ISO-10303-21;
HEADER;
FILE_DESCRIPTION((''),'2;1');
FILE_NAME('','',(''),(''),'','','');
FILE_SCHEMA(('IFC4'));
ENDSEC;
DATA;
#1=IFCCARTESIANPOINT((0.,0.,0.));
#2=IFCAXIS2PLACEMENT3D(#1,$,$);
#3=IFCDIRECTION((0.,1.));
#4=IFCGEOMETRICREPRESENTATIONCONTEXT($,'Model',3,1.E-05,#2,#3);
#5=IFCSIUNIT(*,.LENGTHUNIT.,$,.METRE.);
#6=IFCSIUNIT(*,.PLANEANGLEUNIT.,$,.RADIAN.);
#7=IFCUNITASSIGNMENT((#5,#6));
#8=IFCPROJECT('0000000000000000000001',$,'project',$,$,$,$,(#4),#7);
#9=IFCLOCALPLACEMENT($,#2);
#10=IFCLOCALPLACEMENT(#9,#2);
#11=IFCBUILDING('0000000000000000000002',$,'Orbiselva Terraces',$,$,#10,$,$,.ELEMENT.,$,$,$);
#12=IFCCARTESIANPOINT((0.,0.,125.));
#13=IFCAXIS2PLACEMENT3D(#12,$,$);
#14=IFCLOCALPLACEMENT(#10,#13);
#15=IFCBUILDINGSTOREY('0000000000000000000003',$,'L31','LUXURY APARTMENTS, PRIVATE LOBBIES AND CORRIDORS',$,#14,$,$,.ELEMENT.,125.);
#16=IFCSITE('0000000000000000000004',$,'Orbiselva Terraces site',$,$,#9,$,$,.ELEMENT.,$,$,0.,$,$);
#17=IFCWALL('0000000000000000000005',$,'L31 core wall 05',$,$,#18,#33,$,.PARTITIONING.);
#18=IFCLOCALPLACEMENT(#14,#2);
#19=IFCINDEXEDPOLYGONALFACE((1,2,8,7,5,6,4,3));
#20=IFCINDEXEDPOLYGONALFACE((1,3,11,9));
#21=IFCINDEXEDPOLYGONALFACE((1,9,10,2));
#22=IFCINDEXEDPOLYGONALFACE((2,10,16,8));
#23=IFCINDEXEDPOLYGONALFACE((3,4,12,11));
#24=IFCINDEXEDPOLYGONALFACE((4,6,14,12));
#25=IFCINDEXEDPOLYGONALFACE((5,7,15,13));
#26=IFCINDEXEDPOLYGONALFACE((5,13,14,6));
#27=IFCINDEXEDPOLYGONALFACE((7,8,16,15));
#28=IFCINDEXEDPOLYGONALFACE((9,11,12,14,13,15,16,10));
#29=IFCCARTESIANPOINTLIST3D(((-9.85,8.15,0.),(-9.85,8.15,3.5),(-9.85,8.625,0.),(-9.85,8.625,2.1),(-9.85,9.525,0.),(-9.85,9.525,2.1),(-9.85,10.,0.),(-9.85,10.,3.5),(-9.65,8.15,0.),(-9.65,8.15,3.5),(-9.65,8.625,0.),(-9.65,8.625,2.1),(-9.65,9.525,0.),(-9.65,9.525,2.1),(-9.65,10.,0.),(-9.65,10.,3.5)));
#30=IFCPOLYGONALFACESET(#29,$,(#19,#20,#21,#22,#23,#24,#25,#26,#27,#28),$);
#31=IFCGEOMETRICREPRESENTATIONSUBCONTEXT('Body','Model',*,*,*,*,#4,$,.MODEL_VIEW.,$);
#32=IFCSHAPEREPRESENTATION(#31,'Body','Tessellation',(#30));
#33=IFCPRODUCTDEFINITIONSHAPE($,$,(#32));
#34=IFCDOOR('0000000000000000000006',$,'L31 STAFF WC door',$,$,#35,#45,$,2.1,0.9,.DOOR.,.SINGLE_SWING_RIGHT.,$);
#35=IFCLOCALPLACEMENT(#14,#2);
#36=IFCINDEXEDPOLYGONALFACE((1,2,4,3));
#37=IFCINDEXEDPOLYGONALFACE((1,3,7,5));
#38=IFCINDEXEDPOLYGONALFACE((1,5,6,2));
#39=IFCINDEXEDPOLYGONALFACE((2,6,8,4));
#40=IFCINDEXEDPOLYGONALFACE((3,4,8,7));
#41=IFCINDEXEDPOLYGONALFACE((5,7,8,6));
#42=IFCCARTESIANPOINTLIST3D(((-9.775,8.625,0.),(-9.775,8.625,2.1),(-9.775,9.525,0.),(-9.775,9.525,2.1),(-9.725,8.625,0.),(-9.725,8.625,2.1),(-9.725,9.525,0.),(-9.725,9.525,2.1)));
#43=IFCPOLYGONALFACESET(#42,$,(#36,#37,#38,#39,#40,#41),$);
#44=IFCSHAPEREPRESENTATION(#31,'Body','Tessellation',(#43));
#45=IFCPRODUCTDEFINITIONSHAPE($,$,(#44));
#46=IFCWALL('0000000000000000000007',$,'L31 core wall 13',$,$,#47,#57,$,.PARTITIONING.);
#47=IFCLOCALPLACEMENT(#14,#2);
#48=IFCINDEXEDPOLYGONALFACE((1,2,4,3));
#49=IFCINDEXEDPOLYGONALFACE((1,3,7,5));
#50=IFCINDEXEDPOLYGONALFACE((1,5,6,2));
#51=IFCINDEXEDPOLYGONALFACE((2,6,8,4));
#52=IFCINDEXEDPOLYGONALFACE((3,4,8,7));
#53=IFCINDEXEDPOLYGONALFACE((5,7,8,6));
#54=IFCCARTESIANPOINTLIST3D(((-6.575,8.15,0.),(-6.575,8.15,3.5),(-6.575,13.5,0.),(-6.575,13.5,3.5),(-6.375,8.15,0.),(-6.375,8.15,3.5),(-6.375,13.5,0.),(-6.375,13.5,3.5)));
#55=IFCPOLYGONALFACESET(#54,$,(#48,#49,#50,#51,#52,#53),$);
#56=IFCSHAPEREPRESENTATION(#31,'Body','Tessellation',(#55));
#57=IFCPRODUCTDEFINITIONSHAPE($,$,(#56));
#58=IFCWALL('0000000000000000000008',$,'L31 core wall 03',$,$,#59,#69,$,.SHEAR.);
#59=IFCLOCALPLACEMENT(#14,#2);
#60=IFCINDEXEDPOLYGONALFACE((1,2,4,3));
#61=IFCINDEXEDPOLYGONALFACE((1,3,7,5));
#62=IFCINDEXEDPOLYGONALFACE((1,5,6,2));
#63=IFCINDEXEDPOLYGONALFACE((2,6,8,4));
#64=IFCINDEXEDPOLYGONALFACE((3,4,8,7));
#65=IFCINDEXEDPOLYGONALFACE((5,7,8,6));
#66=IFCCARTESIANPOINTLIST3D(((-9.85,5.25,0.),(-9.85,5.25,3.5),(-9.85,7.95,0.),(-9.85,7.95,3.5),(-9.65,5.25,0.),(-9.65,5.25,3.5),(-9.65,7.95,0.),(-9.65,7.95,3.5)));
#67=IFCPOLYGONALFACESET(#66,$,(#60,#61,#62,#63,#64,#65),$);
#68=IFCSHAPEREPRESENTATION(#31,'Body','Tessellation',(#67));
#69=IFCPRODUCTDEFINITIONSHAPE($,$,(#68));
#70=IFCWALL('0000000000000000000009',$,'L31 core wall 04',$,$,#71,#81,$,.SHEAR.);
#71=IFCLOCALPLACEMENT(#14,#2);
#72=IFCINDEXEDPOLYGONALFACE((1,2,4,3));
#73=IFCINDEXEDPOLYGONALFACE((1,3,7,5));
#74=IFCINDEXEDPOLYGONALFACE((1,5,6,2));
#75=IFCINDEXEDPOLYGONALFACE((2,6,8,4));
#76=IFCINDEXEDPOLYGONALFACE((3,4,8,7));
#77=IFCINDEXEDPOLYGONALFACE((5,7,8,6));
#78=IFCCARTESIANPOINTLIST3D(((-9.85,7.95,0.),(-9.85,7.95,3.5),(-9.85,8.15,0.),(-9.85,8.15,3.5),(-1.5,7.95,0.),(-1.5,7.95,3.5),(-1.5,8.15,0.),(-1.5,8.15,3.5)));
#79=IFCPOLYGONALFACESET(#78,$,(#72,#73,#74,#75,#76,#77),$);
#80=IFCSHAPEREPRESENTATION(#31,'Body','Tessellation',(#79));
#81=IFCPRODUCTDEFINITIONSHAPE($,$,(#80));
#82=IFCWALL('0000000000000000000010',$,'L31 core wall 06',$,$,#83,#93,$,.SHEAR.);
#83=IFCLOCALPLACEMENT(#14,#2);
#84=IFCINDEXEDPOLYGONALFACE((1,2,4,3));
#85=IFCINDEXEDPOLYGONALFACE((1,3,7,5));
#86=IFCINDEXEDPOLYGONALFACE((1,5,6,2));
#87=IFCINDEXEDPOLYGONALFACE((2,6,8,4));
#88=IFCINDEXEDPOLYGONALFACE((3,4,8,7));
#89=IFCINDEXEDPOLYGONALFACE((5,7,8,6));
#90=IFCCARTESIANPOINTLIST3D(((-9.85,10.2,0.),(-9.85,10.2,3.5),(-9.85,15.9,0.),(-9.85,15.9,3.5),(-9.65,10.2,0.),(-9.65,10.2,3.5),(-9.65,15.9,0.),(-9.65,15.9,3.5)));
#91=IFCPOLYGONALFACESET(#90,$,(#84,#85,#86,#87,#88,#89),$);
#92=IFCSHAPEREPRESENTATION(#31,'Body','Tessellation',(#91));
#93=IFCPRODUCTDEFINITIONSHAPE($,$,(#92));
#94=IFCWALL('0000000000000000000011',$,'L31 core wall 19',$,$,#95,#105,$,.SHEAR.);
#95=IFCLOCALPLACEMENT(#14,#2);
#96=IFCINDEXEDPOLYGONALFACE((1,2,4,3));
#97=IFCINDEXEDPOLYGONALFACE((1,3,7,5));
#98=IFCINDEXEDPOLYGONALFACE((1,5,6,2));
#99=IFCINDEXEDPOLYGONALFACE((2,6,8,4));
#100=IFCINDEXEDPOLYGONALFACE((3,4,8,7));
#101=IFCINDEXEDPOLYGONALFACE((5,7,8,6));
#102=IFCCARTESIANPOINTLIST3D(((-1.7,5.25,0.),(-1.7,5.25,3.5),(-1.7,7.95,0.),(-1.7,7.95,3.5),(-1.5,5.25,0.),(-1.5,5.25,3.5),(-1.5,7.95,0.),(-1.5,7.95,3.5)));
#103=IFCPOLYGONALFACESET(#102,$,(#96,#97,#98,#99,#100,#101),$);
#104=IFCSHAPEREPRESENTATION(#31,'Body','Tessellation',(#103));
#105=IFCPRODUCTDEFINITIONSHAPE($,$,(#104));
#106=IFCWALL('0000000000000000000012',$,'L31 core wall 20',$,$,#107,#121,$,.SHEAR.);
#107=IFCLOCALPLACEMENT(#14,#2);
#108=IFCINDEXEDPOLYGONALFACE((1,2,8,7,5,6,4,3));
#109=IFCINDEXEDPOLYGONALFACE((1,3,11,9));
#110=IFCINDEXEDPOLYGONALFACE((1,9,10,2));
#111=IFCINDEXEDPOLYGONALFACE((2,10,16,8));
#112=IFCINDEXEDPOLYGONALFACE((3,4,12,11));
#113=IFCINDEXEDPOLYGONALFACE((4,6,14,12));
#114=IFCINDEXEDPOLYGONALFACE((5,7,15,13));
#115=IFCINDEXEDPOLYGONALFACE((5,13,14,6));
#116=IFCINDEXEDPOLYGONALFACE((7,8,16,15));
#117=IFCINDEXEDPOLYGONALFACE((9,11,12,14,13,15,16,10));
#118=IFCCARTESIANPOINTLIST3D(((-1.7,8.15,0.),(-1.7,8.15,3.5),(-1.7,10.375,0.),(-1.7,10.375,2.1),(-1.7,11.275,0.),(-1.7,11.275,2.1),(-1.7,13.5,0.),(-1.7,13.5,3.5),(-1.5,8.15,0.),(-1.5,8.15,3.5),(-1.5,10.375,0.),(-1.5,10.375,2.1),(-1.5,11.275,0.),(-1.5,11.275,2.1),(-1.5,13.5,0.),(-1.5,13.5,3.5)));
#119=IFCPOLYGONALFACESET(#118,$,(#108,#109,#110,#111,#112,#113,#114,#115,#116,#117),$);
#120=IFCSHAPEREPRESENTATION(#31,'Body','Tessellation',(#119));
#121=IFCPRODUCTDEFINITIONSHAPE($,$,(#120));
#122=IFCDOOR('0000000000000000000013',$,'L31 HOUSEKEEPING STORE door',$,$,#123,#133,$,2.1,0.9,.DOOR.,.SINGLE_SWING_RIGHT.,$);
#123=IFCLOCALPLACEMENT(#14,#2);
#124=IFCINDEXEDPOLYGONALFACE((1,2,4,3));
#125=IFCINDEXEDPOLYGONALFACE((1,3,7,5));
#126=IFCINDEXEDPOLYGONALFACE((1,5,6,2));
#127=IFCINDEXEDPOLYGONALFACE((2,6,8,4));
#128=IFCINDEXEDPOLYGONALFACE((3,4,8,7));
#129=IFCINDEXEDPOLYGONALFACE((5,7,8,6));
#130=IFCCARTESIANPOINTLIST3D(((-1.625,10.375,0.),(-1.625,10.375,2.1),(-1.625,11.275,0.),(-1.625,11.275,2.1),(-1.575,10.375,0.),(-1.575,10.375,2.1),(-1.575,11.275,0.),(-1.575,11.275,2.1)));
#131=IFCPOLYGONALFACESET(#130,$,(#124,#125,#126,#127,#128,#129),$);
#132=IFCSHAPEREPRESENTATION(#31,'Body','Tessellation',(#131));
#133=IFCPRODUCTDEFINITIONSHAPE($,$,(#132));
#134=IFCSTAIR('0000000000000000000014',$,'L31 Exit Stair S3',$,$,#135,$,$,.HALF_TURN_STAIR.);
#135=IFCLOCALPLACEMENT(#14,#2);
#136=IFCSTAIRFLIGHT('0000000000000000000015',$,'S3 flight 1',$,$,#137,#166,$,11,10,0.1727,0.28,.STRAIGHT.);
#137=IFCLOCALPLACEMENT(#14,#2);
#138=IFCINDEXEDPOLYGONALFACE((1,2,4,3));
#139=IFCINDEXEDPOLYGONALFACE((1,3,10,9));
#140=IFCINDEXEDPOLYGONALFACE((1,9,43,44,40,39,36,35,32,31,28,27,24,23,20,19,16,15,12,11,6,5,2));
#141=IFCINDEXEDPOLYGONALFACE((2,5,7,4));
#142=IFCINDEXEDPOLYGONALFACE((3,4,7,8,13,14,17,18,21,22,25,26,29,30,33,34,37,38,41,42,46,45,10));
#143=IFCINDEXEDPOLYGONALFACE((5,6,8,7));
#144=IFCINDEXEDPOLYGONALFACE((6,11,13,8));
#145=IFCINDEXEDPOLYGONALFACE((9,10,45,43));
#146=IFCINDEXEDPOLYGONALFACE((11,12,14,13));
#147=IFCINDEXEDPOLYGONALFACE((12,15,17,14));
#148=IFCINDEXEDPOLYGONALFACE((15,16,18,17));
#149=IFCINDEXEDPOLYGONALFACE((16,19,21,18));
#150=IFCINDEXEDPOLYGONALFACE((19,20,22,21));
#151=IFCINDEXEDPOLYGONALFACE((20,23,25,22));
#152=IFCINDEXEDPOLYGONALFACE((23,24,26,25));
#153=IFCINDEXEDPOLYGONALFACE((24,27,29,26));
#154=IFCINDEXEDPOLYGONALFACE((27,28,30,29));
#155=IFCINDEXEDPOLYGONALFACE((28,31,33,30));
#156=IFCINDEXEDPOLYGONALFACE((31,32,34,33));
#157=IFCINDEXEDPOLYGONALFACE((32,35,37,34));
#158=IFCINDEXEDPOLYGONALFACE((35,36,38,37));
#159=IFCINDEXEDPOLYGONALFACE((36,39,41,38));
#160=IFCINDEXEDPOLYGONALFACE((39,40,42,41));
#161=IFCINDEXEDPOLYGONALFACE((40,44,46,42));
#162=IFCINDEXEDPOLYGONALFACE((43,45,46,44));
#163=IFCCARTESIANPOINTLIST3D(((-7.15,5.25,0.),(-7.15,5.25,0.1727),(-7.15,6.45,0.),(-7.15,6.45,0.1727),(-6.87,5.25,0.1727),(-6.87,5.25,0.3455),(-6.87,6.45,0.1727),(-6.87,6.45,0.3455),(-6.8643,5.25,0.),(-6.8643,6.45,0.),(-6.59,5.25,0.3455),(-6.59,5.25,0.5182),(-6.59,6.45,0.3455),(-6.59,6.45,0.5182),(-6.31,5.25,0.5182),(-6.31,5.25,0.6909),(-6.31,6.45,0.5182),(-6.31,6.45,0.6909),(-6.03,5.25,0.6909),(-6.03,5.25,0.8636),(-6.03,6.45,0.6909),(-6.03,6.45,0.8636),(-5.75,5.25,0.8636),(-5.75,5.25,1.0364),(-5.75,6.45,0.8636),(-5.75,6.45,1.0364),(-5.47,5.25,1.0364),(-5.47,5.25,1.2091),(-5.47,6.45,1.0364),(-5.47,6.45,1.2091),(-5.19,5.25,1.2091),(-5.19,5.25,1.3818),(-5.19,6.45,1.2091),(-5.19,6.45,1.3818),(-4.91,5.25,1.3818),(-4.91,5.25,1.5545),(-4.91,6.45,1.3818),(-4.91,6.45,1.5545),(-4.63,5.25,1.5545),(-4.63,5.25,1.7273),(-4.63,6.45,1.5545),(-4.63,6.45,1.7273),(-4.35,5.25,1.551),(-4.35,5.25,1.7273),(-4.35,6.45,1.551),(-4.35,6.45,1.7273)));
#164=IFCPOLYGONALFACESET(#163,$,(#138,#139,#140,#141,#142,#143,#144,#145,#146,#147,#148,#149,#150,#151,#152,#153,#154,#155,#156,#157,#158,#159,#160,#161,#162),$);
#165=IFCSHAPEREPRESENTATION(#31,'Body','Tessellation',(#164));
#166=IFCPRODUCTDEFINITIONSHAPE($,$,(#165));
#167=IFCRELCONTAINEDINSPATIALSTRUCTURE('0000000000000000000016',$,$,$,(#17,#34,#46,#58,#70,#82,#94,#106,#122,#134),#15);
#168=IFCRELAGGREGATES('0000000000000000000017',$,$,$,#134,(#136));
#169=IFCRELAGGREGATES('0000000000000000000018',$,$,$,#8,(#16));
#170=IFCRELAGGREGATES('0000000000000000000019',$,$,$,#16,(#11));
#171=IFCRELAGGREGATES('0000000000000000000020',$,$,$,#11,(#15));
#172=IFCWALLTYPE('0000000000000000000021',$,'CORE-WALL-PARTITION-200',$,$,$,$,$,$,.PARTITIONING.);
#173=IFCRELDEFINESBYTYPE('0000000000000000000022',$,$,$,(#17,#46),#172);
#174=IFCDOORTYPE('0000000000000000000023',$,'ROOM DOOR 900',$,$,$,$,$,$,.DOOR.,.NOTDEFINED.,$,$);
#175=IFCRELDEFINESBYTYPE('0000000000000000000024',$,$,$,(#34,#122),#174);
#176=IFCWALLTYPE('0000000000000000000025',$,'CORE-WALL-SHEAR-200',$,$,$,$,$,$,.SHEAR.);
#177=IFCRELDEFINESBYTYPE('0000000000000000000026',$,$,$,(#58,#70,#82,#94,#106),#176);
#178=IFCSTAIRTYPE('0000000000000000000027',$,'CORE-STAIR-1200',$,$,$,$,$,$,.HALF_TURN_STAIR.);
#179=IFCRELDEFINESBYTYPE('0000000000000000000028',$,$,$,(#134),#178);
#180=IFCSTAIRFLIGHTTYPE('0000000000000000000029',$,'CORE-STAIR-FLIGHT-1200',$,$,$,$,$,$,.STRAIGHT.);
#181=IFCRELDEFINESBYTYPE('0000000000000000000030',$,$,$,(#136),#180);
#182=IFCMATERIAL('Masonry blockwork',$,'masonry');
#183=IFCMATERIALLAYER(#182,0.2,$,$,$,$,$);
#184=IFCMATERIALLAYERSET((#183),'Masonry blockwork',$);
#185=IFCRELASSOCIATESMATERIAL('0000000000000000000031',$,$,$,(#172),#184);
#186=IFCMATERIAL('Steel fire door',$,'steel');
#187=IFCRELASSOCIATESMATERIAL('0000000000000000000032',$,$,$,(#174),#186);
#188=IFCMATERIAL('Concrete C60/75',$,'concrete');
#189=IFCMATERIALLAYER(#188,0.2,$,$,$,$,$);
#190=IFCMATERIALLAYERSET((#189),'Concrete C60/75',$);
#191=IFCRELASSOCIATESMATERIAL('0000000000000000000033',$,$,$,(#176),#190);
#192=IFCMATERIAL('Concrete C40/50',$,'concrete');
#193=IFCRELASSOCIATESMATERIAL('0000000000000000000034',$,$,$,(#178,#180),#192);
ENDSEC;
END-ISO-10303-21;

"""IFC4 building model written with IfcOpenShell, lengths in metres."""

from ifc_helpers import new_model, si_unit, direction, frame, frame_2d, origin, place, context, subcontext, project, spatial, polyline, rectangle, outline, extrude, material, layer, layer_set, type_object, element, fill, aggregate, save


model = new_model("IFC4")

# Units and contexts
model_context = context("Model", 3, precision=1e-05, world=origin(), true_north=direction((0.0, 1.0)))
body_context = subcontext(model_context, "Body", "Model", "MODEL_VIEW")
ifc_project = project(units=[si_unit("LENGTHUNIT", "METRE"), si_unit("PLANEANGLEUNIT", "RADIAN")], contexts=[model_context])

# Site, building, storey
site_placement = place(None, origin())
site = spatial("IfcSite", under=ifc_project, at=site_placement, Name="Orbiselva Terraces site", CompositionType="ELEMENT", RefElevation=0.0)
building_placement = place(site_placement, origin())
building = spatial("IfcBuilding", under=site, at=building_placement, Name="Orbiselva Terraces", CompositionType="ELEMENT")
storey_placement = place(building_placement, frame((0.0, 0.0, 125.0)))
storey = spatial("IfcBuildingStorey", under=building, at=storey_placement, Name="L31", Description="LUXURY APARTMENTS, PRIVATE LOBBIES AND CORRIDORS", CompositionType="ELEMENT", Elevation=125.0)

# Wall, opening, door
ifc_material_1 = material(Name="Masonry blockwork", Category="masonry")
ifc_layer_1 = layer(ifc_material_1, 0.2)
ifc_layer_set_1 = layer_set([ifc_layer_1], Name="Masonry blockwork")
wall_type_1 = type_object("IfcWallType", Name="CORE-WALL-PARTITION-200", PredefinedType="PARTITIONING", material=ifc_layer_set_1)
wall_1_placement = place(storey_placement, frame((-9.75, 8.15, 0.0), z_axis=(0.0, 0.0, 1.0), x_axis=(0.0, 1.0, 0.0)))
wall_1 = element("IfcWall", 1, at=wall_1_placement, inside=storey, type_object=wall_type_1, Name="L31 core wall 05", PredefinedType="PARTITIONING", context=body_context, shape_type="SweptSolid", body=[
    extrude(rectangle(XDim=1.85, YDim=0.2, at=frame_2d((0.925, 0.0))), origin(), (0.0, 0.0, 1.0), 3.5),
])
opening_1_placement = place(wall_1_placement, frame((0.475, 0.0, 0.0)))
opening_1 = element("IfcOpeningElement", 2, at=opening_1_placement, cuts=wall_1, PredefinedType="OPENING", context=body_context, shape_type="SweptSolid", body=[
    extrude(rectangle(XDim=0.9, YDim=2.1, at=frame_2d((0.45, 1.05))), frame((0.0, 0.11, 0.0), z_axis=(0.0, -1.0, 0.0), x_axis=(1.0, 0.0, 0.0)), (0.0, 0.0, 1.0), 0.22),
])
ifc_material_2 = material(Name="Steel fire door", Category="steel")
door_type = type_object("IfcDoorType", Name="ROOM DOOR 900", OperationType="NOTDEFINED", PredefinedType="DOOR", material=ifc_material_2)
door_1_placement = place(opening_1_placement, origin())
door_1 = element("IfcDoor", 3, at=door_1_placement, inside=storey, type_object=door_type, Name="L31 STAFF WC door", OperationType="SINGLE_SWING_RIGHT", OverallHeight=2.1, OverallWidth=0.9, PredefinedType="DOOR", context=body_context, shape_type="SweptSolid", body=[
    extrude(rectangle(XDim=0.9, YDim=2.1, at=frame_2d((0.45, 1.05))), frame((0.0, 0.025, 0.0), z_axis=(0.0, -1.0, 0.0), x_axis=(1.0, 0.0, 0.0)), (0.0, 0.0, 1.0), 0.05),
])
fill(opening_1, door_1)

# Walls
wall_2_placement = place(storey_placement, frame((-6.475, 8.15, 0.0), z_axis=(0.0, 0.0, 1.0), x_axis=(0.0, 1.0, 0.0)))
element("IfcWall", 4, at=wall_2_placement, inside=storey, type_object=wall_type_1, Name="L31 core wall 13", PredefinedType="PARTITIONING", context=body_context, shape_type="SweptSolid", body=[
    extrude(rectangle(XDim=5.35, YDim=0.2, at=frame_2d((2.675, 0.0))), origin(), (0.0, 0.0, 1.0), 3.5),
])
ifc_material_3 = material(Name="Concrete C60/75", Category="concrete")
ifc_layer_2 = layer(ifc_material_3, 0.2)
ifc_layer_set_2 = layer_set([ifc_layer_2], Name="Concrete C60/75")
wall_type_2 = type_object("IfcWallType", Name="CORE-WALL-SHEAR-200", PredefinedType="SHEAR", material=ifc_layer_set_2)
wall_3_placement = place(storey_placement, frame((-9.75, 5.25, 0.0), z_axis=(0.0, 0.0, 1.0), x_axis=(0.0, 1.0, 0.0)))
element("IfcWall", 5, at=wall_3_placement, inside=storey, type_object=wall_type_2, Name="L31 core wall 03", PredefinedType="SHEAR", context=body_context, shape_type="SweptSolid", body=[
    extrude(rectangle(XDim=2.7, YDim=0.2, at=frame_2d((1.35, 0.0))), origin(), (0.0, 0.0, 1.0), 3.5),
])
wall_4_placement = place(storey_placement, frame((-9.85, 8.05, 0.0), z_axis=(0.0, 0.0, 1.0), x_axis=(1.0, 0.0, 0.0)))
element("IfcWall", 6, at=wall_4_placement, inside=storey, type_object=wall_type_2, Name="L31 core wall 04", PredefinedType="SHEAR", context=body_context, shape_type="SweptSolid", body=[
    extrude(rectangle(XDim=8.35, YDim=0.2, at=frame_2d((4.175, 0.0))), origin(), (0.0, 0.0, 1.0), 3.5),
])
wall_5_placement = place(storey_placement, frame((-9.75, 10.2, 0.0), z_axis=(0.0, 0.0, 1.0), x_axis=(0.0, 1.0, 0.0)))
element("IfcWall", 7, at=wall_5_placement, inside=storey, type_object=wall_type_2, Name="L31 core wall 06", PredefinedType="SHEAR", context=body_context, shape_type="SweptSolid", body=[
    extrude(rectangle(XDim=5.7, YDim=0.2, at=frame_2d((2.85, 0.0))), origin(), (0.0, 0.0, 1.0), 3.5),
])
wall_6_placement = place(storey_placement, frame((-1.6, 5.25, 0.0), z_axis=(0.0, 0.0, 1.0), x_axis=(0.0, 1.0, 0.0)))
element("IfcWall", 8, at=wall_6_placement, inside=storey, type_object=wall_type_2, Name="L31 core wall 19", PredefinedType="SHEAR", context=body_context, shape_type="SweptSolid", body=[
    extrude(rectangle(XDim=2.7, YDim=0.2, at=frame_2d((1.35, 0.0))), origin(), (0.0, 0.0, 1.0), 3.5),
])

# Wall, opening, door
wall_7_placement = place(storey_placement, frame((-1.6, 8.15, 0.0), z_axis=(0.0, 0.0, 1.0), x_axis=(0.0, 1.0, 0.0)))
wall_7 = element("IfcWall", 9, at=wall_7_placement, inside=storey, type_object=wall_type_2, Name="L31 core wall 20", PredefinedType="SHEAR", context=body_context, shape_type="SweptSolid", body=[
    extrude(rectangle(XDim=5.35, YDim=0.2, at=frame_2d((2.675, 0.0))), origin(), (0.0, 0.0, 1.0), 3.5),
])
opening_2_placement = place(wall_7_placement, frame((2.225, 0.0, 0.0)))
opening_2 = element("IfcOpeningElement", 10, at=opening_2_placement, cuts=wall_7, PredefinedType="OPENING", context=body_context, shape_type="SweptSolid", body=[
    extrude(rectangle(XDim=0.9, YDim=2.1, at=frame_2d((0.45, 1.05))), frame((0.0, 0.11, 0.0), z_axis=(0.0, -1.0, 0.0), x_axis=(1.0, 0.0, 0.0)), (0.0, 0.0, 1.0), 0.22),
])
door_2_placement = place(opening_2_placement, origin())
door_2 = element("IfcDoor", 11, at=door_2_placement, inside=storey, type_object=door_type, Name="L31 HOUSEKEEPING STORE door", OperationType="SINGLE_SWING_RIGHT", OverallHeight=2.1, OverallWidth=0.9, PredefinedType="DOOR", context=body_context, shape_type="SweptSolid", body=[
    extrude(rectangle(XDim=0.9, YDim=2.1, at=frame_2d((0.45, 1.05))), frame((0.0, 0.025, 0.0), z_axis=(0.0, -1.0, 0.0), x_axis=(1.0, 0.0, 0.0)), (0.0, 0.0, 1.0), 0.05),
])
fill(opening_2, door_2)

# Stair, stair flight
ifc_material_4 = material(Name="Concrete C40/50", Category="concrete")
stair_type = type_object("IfcStairType", Name="CORE-STAIR-1200", PredefinedType="HALF_TURN_STAIR", material=ifc_material_4)
stair_placement = place(storey_placement, origin())
stair = element("IfcStair", 12, at=stair_placement, inside=storey, type_object=stair_type, Name="L31 Exit Stair S3", PredefinedType="HALF_TURN_STAIR")
stair_flight_type = type_object("IfcStairFlightType", Name="CORE-STAIR-FLIGHT-1200", PredefinedType="STRAIGHT", material=ifc_material_4)
stair_flight_1_placement = place(storey_placement, frame((-7.15, 5.85, 0.0), z_axis=(0.0, 0.0, 1.0), x_axis=(1.0, 0.0, 0.0)))
stair_flight_1 = element("IfcStairFlight", 13, at=stair_flight_1_placement, type_object=stair_flight_type, Name="S3 flight 1", NumberOfRisers=11, NumberOfTreads=10, PredefinedType="STRAIGHT", RiserHeight=0.1727, TreadLength=0.28, context=body_context, shape_type="SweptSolid", body=[
    extrude(outline(polyline([(0.0, 0.0), (0.0, 0.1727), (0.28, 0.1727), (0.28, 0.3455), (0.56, 0.3455), (0.56, 0.5182), (0.84, 0.5182), (0.84, 0.6909), (1.12, 0.6909), (1.12, 0.8636), (1.4, 0.8636), (1.4, 1.0364), (1.68, 1.0364), (1.68, 1.2091), (1.96, 1.2091), (1.96, 1.3818), (2.24, 1.3818), (2.24, 1.5545), (2.52, 1.5545), (2.52, 1.7273), (2.8, 1.7273), (2.8, 1.9), (2.8, 1.551), (0.2857, 0.0), (0.0, 0.0)])), frame((0.0, 0.6, 0.0), z_axis=(0.0, -1.0, 0.0), x_axis=(1.0, 0.0, 0.0)), (0.0, 0.0, 1.0), 1.2),
])
aggregate(stair, [stair_flight_1])

save(model, "model.ifc")
